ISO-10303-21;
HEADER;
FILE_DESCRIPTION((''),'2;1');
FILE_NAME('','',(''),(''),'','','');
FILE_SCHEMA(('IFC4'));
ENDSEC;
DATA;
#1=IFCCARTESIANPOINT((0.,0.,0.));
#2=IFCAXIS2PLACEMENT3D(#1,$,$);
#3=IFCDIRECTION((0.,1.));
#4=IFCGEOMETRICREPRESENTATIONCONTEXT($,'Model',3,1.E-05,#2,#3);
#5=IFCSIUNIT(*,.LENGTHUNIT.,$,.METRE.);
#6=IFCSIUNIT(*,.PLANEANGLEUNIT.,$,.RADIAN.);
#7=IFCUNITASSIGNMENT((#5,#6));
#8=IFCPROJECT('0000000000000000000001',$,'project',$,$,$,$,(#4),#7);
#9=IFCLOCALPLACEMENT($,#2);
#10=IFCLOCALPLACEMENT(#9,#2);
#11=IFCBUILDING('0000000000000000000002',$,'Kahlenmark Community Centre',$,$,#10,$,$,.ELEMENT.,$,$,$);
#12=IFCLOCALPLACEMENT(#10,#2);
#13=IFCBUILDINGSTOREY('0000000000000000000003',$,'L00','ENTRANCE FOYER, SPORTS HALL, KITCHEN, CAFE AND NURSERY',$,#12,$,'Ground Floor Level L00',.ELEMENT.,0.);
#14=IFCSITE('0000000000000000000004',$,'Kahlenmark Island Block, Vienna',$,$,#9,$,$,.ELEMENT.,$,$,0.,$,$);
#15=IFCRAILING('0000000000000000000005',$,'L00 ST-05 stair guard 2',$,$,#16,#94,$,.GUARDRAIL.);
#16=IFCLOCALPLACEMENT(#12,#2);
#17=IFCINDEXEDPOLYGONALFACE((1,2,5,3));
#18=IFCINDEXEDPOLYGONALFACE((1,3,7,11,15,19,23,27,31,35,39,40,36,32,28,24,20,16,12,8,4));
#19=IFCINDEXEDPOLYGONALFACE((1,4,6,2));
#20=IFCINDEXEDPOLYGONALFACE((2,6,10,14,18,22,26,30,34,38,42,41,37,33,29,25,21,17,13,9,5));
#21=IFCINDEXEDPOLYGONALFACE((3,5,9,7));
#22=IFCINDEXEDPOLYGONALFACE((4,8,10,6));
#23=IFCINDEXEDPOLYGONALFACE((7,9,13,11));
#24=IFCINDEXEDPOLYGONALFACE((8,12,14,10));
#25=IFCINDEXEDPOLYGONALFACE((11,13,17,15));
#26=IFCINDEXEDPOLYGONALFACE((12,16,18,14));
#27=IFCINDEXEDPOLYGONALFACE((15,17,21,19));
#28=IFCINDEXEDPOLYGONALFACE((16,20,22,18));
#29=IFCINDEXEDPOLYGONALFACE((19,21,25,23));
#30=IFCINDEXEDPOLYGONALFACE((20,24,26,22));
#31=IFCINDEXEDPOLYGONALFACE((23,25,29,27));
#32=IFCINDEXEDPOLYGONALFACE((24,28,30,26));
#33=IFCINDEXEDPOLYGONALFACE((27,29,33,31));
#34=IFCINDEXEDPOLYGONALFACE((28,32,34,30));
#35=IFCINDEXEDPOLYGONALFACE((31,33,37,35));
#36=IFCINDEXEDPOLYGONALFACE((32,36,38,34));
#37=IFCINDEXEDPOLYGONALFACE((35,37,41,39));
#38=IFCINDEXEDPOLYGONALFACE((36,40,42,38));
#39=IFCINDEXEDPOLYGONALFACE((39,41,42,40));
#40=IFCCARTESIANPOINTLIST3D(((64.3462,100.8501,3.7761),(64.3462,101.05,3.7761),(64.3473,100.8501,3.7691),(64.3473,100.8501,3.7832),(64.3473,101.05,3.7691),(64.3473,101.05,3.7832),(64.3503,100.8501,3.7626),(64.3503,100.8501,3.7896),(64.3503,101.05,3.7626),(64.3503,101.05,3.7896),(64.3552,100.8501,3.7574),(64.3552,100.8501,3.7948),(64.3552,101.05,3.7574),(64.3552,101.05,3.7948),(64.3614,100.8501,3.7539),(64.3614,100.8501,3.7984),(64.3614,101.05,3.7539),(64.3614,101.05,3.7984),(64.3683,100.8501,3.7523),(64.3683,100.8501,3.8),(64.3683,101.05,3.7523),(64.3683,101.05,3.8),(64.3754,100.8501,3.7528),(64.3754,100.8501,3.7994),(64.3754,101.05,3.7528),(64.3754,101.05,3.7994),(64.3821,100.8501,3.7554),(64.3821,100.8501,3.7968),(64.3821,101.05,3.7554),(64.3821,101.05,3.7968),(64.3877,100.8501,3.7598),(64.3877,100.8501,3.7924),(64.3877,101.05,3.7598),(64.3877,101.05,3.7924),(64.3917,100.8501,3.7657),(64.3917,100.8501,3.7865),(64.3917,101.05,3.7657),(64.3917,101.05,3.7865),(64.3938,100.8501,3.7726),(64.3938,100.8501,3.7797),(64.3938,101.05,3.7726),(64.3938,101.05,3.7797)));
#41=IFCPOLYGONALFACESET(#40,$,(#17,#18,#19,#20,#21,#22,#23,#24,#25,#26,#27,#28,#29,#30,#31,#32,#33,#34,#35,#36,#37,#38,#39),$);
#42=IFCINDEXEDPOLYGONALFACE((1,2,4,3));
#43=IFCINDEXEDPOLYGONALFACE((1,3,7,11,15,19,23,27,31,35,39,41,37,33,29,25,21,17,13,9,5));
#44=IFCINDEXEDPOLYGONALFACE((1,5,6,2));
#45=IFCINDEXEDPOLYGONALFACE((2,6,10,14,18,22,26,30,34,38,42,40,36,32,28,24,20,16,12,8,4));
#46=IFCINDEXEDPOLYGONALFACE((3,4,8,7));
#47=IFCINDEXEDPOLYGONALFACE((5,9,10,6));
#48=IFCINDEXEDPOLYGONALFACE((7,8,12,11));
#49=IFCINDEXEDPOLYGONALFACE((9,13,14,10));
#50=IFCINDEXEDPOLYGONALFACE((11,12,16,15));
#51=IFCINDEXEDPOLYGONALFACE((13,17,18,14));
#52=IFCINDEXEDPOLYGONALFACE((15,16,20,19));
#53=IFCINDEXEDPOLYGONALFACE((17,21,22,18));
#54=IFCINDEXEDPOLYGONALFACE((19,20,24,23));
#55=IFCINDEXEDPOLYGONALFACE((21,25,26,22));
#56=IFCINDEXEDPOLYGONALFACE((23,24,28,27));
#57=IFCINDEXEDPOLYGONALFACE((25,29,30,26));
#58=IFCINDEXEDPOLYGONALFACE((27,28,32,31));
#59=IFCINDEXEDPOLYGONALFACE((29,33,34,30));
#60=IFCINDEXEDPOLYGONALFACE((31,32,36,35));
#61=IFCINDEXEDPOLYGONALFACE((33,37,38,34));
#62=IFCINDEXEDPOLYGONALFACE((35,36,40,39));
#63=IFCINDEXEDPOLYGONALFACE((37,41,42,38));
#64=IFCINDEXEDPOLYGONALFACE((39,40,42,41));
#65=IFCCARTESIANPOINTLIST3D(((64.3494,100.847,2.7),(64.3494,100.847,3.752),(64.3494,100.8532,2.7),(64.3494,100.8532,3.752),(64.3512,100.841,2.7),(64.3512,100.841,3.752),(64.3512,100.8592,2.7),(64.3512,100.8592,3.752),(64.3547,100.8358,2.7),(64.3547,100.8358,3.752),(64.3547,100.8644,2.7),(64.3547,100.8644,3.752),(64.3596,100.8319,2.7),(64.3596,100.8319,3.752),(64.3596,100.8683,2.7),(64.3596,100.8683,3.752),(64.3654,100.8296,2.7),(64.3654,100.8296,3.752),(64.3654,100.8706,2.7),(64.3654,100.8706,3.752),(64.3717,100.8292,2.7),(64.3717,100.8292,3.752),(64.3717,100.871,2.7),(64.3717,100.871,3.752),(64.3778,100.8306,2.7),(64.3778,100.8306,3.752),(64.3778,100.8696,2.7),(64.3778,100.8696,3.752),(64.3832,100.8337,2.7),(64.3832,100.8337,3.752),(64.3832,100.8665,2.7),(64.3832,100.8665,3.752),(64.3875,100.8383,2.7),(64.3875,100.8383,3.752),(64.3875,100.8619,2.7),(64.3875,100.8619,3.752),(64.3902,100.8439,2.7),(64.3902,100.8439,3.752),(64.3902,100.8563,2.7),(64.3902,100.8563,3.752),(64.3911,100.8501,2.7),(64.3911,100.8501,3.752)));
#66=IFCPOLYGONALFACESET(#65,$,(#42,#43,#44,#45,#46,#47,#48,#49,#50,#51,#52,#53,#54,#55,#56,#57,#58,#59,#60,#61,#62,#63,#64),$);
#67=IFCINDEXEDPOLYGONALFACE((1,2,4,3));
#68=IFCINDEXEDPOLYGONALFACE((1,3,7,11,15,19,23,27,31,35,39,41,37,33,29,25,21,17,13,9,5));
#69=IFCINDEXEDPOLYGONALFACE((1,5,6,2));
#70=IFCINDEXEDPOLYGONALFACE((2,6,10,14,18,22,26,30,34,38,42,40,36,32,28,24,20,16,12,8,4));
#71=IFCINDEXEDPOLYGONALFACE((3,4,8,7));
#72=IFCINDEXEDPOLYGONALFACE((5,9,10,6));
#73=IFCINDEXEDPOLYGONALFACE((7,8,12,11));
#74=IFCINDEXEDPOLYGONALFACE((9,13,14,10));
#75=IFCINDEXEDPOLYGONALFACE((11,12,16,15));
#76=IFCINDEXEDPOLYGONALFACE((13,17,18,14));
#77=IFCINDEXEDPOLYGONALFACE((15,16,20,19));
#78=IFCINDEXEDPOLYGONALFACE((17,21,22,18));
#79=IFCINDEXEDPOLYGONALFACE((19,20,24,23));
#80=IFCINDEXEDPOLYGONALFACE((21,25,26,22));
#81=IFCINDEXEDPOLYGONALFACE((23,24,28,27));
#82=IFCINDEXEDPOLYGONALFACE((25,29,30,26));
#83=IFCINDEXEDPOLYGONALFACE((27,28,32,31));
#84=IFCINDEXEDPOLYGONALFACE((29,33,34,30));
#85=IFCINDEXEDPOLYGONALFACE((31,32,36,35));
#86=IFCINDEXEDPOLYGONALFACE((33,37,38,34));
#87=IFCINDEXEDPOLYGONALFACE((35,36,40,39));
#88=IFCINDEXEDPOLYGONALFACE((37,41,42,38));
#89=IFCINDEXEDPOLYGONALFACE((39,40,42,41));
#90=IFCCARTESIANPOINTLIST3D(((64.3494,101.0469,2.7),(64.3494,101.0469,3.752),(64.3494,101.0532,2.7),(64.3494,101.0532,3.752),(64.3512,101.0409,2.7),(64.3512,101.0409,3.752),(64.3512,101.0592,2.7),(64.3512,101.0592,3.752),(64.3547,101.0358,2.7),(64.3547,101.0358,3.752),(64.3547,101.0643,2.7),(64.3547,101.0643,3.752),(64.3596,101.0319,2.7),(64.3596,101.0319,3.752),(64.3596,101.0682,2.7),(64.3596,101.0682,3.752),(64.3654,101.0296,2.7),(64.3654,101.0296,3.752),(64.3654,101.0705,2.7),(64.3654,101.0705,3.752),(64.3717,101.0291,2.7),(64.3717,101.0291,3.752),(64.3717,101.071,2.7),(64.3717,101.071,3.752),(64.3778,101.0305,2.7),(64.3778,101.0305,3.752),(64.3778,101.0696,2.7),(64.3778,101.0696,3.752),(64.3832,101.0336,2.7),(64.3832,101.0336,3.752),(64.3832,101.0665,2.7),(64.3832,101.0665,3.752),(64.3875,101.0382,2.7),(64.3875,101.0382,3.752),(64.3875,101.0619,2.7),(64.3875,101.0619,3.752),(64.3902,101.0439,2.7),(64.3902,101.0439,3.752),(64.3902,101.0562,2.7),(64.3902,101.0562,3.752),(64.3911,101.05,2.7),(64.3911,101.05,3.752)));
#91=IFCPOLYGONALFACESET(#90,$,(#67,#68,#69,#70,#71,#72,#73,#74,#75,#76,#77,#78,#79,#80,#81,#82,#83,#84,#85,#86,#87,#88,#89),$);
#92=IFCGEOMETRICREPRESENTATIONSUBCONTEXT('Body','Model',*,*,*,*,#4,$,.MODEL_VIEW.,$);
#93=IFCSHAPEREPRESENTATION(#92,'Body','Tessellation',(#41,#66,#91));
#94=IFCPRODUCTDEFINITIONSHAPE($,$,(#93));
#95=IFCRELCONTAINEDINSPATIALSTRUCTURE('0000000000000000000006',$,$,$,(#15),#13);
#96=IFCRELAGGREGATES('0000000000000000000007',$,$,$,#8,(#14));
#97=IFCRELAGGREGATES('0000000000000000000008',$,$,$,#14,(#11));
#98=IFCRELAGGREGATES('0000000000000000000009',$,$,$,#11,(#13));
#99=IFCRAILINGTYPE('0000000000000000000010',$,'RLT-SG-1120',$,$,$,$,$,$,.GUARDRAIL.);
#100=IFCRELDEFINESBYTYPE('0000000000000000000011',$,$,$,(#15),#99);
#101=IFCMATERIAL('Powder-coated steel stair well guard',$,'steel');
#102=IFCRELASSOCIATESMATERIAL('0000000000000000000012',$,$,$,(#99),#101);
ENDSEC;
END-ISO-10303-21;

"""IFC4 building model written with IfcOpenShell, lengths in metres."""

from ifc_helpers import new_model, si_unit, direction, frame, origin, origin_2d, place, context, subcontext, project, spatial, circle, extrude, material, type_object, element, save


model = new_model("IFC4")

# Units and contexts
model_context = context("Model", 3, precision=1e-05, world=origin(), true_north=direction((0.0, 1.0)))
body_context = subcontext(model_context, "Body", "Model", "MODEL_VIEW")
ifc_project = project(units=[si_unit("LENGTHUNIT", "METRE"), si_unit("PLANEANGLEUNIT", "RADIAN")], contexts=[model_context])

# Site, building, storey
site_placement = place(None, origin())
site = spatial("IfcSite", under=ifc_project, at=site_placement, Name="Kahlenmark Island Block, Vienna", CompositionType="ELEMENT", RefElevation=0.0)
building_placement = place(site_placement, origin())
building = spatial("IfcBuilding", under=site, at=building_placement, Name="Kahlenmark Community Centre", CompositionType="ELEMENT")
storey_placement = place(building_placement, origin())
storey = spatial("IfcBuildingStorey", under=building, at=storey_placement, Name="L00", Description="ENTRANCE FOYER, SPORTS HALL, KITCHEN, CAFE AND NURSERY", LongName="Ground Floor Level L00", CompositionType="ELEMENT", Elevation=0.0)

# Railing
ifc_material_1 = material(Name="Powder-coated steel stair well guard", Category="steel")
railing_type_1 = type_object("IfcRailingType", Name="RLT-SG-1120", PredefinedType="GUARDRAIL", material=ifc_material_1)
railing_1_placement = place(storey_placement, frame((64.3701, 100.8501, 2.7)))
element("IfcRailing", 1, at=railing_1_placement, inside=storey, type_object=railing_type_1, Name="L00 ST-05 stair guard 2", PredefinedType="GUARDRAIL", context=body_context, shape_type="SweptSolid", body=[
    extrude(circle(Radius=0.0239, at=origin_2d()), frame((0.0, 0.0, 1.0762), z_axis=(0.0, 1.0, 0.0), x_axis=(-1.0, 0.0, 0.0)), (0.0, 0.0, 1.0), 0.2),
    extrude(circle(Radius=0.021, at=origin_2d()), origin(), (0.0, 0.0, 1.0), 1.052),
    extrude(circle(Radius=0.021, at=origin_2d()), frame((0.0, 0.2, 0.0)), (0.0, 0.0, 1.0), 1.052),
])

save(model, "model.ifc")
